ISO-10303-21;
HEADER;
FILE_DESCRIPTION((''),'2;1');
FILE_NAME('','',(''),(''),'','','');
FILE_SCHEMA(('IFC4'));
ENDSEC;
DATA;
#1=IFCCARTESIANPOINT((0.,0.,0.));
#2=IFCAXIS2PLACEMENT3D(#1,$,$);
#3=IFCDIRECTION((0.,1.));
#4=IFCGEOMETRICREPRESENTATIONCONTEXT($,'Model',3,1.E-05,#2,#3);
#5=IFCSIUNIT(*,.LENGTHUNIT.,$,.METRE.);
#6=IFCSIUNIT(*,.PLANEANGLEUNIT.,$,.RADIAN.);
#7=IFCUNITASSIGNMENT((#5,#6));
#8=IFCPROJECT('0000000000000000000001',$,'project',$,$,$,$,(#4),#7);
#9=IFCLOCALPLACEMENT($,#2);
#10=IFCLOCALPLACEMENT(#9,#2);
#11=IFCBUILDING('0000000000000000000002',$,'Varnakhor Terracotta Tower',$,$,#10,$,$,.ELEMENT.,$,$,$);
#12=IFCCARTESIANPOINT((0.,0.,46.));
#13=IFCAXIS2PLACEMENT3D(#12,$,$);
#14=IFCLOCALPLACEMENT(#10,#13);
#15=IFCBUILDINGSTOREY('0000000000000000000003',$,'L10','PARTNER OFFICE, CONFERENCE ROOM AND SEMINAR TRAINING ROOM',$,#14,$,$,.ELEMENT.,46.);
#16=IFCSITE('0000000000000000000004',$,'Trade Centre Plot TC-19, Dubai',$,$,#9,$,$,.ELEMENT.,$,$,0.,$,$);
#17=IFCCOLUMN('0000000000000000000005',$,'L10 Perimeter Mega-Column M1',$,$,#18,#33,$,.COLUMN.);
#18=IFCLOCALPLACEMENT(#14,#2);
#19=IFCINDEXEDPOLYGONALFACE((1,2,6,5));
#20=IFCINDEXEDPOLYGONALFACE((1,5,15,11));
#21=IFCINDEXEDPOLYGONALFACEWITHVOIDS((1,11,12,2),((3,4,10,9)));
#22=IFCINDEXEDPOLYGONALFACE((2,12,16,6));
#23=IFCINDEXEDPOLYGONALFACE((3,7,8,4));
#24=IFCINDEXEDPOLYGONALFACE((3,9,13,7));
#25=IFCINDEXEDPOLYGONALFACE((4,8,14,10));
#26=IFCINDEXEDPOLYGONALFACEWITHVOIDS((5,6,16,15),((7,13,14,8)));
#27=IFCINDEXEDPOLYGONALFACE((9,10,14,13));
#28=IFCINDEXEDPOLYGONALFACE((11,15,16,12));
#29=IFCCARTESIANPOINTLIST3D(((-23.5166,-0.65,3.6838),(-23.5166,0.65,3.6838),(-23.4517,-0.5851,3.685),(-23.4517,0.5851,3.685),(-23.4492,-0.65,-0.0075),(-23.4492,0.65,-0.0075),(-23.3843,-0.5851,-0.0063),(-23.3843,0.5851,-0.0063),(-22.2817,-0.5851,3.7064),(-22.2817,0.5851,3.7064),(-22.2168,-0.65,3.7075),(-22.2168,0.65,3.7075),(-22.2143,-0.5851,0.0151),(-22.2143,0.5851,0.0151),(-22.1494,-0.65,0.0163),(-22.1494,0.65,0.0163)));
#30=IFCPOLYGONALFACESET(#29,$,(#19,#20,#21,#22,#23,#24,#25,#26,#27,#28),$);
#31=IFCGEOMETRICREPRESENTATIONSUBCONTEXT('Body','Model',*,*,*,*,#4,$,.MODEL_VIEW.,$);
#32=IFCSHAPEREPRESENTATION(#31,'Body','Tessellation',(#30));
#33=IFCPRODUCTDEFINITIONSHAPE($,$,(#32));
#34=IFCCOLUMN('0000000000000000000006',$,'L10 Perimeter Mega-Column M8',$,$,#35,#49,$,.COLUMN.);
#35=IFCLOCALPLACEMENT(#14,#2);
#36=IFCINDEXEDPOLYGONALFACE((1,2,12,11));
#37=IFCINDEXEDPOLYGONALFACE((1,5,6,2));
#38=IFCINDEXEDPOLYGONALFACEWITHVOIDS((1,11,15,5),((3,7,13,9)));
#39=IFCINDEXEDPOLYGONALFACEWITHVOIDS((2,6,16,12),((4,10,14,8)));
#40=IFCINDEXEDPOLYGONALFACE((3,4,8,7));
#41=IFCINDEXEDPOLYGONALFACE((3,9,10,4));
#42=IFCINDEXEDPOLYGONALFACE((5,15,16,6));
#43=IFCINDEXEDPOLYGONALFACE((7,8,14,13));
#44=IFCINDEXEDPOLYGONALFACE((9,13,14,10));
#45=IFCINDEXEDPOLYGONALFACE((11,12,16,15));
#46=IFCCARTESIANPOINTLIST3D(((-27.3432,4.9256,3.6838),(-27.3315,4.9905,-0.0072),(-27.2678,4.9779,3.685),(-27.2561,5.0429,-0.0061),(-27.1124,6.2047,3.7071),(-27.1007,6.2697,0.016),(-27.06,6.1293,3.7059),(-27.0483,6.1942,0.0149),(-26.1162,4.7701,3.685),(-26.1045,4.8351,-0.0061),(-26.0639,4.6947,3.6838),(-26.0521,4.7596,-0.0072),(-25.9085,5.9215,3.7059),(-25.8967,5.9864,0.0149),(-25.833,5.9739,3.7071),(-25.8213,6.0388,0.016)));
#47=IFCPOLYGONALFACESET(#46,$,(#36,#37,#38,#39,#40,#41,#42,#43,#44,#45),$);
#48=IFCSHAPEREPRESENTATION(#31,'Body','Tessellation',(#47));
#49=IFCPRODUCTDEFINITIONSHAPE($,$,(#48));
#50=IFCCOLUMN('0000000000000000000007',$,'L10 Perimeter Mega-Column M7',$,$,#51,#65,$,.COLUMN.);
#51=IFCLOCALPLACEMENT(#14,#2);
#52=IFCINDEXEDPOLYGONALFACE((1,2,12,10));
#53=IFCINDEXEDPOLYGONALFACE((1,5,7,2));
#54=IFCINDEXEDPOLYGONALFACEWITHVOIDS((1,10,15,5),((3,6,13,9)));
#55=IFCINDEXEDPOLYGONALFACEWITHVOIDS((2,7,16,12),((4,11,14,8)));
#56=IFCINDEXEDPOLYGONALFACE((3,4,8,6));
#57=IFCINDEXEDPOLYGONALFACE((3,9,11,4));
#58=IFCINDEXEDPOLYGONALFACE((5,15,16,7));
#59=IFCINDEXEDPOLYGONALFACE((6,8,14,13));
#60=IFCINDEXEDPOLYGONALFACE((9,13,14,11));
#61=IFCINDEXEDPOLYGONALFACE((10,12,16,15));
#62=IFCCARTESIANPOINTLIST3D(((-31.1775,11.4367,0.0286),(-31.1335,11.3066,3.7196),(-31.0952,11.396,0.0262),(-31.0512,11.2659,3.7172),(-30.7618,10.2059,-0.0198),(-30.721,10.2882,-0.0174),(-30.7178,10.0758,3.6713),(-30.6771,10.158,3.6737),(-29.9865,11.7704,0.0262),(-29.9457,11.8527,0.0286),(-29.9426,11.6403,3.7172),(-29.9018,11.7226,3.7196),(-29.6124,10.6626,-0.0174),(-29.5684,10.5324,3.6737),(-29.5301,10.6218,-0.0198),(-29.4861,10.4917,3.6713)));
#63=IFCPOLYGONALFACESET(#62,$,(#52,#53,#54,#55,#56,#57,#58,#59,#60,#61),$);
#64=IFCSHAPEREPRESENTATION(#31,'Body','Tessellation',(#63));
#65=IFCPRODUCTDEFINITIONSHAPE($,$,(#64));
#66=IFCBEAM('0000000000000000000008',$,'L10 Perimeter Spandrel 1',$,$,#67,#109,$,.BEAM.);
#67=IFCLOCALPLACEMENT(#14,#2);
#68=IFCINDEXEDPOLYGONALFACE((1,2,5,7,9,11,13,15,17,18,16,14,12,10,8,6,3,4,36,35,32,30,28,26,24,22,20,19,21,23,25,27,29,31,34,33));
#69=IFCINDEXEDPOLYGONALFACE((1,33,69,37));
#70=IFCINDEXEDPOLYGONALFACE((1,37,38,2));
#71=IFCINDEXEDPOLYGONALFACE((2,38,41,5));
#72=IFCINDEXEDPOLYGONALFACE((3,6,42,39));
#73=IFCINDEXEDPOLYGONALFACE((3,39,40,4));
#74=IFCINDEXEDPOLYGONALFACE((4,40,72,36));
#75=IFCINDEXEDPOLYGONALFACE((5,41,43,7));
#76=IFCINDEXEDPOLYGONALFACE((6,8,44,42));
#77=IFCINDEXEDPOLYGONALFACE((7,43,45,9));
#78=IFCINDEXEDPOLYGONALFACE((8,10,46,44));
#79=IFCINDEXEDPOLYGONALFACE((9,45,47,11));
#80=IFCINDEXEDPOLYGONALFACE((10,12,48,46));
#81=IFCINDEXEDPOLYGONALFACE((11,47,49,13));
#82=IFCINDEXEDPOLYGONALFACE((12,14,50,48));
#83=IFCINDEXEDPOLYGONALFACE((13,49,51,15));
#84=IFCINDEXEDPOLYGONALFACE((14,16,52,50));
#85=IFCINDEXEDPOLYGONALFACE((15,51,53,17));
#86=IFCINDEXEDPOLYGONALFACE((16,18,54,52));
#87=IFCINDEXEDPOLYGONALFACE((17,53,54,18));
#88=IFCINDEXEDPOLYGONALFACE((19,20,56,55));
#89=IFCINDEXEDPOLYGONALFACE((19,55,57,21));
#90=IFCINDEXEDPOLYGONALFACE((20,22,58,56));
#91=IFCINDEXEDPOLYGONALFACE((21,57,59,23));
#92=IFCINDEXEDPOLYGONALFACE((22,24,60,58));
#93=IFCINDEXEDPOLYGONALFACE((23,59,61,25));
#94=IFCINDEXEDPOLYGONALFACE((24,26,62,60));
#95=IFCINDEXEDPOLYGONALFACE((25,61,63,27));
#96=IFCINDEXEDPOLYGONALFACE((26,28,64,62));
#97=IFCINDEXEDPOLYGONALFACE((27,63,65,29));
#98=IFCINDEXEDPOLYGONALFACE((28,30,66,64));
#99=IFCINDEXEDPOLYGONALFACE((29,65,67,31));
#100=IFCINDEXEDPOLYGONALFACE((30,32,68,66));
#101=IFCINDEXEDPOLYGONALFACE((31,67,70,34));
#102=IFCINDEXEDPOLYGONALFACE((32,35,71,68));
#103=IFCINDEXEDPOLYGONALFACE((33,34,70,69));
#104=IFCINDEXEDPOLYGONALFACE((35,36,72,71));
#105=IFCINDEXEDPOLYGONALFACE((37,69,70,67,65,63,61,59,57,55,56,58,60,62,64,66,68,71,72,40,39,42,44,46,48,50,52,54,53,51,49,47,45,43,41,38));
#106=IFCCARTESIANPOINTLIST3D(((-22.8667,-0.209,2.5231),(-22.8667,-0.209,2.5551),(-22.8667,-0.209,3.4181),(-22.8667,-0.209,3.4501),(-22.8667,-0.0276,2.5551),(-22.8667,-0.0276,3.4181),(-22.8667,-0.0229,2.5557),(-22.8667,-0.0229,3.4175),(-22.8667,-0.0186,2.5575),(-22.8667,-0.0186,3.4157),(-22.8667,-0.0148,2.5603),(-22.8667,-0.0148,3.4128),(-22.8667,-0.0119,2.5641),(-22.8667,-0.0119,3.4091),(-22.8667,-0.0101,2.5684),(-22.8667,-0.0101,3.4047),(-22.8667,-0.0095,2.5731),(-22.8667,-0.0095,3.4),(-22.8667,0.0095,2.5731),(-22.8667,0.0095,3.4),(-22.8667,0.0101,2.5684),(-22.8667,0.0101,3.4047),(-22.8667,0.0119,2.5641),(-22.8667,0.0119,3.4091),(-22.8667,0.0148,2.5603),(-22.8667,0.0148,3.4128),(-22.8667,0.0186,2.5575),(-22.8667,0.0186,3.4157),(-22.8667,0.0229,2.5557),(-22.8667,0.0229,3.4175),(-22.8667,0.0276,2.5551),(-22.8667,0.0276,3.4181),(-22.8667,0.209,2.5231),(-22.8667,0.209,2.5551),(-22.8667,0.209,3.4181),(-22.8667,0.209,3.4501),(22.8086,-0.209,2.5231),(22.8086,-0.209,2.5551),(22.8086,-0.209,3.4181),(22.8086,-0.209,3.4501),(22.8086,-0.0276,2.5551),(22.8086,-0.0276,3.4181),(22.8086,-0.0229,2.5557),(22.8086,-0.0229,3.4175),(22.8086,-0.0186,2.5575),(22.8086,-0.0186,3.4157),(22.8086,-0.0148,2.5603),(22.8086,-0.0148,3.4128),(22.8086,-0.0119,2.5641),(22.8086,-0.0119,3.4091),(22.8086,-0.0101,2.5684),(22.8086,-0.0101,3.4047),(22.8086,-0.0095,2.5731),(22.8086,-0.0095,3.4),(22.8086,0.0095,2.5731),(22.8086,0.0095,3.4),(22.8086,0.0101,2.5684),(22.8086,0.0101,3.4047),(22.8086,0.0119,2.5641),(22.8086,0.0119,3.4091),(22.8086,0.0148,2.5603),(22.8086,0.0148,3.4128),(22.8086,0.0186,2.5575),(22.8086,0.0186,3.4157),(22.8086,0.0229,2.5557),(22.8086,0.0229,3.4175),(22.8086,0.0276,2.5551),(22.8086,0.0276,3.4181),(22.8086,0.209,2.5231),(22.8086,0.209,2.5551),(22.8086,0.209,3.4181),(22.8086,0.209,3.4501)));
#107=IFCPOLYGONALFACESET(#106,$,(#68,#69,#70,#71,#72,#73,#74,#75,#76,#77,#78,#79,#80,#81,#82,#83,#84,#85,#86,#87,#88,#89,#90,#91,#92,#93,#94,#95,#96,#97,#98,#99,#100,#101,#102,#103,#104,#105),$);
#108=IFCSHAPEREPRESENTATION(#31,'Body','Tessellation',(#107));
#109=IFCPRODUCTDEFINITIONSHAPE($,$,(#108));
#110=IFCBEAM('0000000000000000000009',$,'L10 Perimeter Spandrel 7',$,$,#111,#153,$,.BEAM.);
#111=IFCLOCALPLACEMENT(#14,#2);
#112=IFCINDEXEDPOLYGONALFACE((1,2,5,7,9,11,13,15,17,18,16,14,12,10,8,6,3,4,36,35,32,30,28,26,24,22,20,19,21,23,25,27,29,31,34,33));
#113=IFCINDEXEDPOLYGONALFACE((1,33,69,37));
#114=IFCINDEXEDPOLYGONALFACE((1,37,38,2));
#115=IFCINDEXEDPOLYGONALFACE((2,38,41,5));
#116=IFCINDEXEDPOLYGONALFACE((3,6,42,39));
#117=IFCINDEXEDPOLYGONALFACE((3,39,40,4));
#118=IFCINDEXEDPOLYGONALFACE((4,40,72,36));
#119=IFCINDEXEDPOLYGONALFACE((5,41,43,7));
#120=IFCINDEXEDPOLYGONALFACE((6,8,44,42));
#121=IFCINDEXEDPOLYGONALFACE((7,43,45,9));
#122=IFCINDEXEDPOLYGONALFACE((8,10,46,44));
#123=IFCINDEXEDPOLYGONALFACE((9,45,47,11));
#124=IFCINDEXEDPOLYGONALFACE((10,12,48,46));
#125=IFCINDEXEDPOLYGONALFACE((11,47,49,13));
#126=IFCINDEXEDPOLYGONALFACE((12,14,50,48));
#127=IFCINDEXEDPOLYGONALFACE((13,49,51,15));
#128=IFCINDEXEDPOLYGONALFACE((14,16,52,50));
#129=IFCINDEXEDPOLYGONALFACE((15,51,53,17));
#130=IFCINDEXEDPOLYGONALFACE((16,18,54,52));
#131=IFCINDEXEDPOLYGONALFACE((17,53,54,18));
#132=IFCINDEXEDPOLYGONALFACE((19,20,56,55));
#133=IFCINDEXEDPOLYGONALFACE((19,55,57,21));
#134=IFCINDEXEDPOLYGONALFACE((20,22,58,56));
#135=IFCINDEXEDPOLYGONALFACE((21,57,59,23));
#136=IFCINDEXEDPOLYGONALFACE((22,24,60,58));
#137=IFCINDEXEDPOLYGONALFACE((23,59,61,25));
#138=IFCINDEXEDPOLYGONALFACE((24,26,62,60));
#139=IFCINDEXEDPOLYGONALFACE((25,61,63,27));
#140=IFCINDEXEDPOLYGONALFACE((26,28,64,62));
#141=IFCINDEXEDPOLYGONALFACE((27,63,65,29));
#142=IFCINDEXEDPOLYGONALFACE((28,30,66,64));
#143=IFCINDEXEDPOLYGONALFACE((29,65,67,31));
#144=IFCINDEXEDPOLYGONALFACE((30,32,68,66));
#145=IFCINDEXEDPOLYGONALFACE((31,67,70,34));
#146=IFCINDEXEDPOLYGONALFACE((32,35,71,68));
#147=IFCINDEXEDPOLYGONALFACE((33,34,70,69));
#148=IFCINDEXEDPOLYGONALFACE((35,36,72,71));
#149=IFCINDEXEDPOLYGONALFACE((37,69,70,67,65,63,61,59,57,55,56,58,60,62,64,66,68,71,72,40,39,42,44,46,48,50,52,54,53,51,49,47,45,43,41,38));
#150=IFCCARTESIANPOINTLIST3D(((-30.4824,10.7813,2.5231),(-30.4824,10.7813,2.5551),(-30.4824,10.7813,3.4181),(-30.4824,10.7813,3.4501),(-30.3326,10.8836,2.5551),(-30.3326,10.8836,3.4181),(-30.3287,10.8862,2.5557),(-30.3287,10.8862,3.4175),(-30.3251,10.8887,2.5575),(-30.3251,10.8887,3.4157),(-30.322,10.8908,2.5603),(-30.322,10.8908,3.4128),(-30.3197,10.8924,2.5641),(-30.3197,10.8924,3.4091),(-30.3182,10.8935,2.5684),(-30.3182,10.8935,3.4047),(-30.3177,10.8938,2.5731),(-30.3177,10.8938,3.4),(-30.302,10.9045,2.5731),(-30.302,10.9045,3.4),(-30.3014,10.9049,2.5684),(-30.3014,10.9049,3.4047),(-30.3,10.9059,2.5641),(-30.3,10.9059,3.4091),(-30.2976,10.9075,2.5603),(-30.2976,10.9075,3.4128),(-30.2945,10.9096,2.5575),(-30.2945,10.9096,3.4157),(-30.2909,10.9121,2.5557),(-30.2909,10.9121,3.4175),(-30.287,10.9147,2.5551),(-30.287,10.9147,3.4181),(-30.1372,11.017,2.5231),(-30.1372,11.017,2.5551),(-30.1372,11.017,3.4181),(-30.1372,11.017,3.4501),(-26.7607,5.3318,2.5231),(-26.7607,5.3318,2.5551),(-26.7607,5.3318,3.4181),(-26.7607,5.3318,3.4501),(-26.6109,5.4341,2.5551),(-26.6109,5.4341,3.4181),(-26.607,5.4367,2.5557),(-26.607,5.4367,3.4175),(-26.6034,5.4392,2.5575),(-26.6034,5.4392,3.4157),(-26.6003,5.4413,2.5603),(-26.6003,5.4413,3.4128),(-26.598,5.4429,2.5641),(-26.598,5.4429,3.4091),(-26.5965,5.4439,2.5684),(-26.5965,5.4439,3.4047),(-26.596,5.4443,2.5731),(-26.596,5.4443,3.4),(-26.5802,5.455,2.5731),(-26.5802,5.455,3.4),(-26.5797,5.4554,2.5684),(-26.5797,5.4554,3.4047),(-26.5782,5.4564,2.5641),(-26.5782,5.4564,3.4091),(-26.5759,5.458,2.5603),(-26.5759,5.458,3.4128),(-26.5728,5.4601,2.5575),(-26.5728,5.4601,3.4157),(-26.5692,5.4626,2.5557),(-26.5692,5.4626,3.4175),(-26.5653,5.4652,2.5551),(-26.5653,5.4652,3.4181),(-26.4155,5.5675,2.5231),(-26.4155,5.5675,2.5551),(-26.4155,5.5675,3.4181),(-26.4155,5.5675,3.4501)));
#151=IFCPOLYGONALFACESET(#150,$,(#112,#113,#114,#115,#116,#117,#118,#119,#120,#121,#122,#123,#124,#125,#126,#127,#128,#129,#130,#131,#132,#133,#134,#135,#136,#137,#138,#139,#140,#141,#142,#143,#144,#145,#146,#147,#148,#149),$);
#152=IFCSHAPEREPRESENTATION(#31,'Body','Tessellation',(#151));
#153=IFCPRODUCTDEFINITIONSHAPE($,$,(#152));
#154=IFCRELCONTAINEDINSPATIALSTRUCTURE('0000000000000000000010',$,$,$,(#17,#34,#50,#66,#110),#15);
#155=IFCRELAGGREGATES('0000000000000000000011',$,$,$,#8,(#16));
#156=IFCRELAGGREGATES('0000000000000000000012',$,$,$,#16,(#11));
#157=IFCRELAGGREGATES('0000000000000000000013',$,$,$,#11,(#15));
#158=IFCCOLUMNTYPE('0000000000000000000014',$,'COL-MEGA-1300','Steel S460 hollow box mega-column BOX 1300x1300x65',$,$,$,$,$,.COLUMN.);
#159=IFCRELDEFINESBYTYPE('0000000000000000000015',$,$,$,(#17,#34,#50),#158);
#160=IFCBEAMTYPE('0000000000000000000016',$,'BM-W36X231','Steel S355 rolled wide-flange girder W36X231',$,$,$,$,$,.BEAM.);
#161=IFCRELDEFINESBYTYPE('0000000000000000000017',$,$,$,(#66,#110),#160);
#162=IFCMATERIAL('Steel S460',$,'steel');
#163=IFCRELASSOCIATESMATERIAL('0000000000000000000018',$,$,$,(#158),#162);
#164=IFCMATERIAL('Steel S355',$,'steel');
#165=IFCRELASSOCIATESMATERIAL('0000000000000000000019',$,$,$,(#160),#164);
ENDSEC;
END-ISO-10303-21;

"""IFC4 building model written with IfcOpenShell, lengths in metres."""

from ifc_helpers import new_model, si_unit, direction, frame, origin, origin_2d, place, context, subcontext, project, spatial, hollow_rectangle, i_section, extrude, source, transform, mapped, material, material_profile, profile_set, type_object, type_shapes, element, save


model = new_model("IFC4")

# Units and contexts
model_context = context("Model", 3, precision=1e-05, world=origin(), true_north=direction((0.0, 1.0)))
body_context = subcontext(model_context, "Body", "Model", "MODEL_VIEW")
ifc_project = project(units=[si_unit("LENGTHUNIT", "METRE"), si_unit("PLANEANGLEUNIT", "RADIAN")], contexts=[model_context])

# Site, building, storey
site_placement = place(None, origin())
site = spatial("IfcSite", under=ifc_project, at=site_placement, Name="Trade Centre Plot TC-19, Dubai", CompositionType="ELEMENT", RefElevation=0.0)
building_placement = place(site_placement, origin())
building = spatial("IfcBuilding", under=site, at=building_placement, Name="Varnakhor Terracotta Tower", CompositionType="ELEMENT")
storey_placement = place(building_placement, frame((0.0, 0.0, 46.0)))
storey = spatial("IfcBuildingStorey", under=building, at=storey_placement, Name="L10", Description="PARTNER OFFICE, CONFERENCE ROOM AND SEMINAR TRAINING ROOM", CompositionType="ELEMENT", Elevation=46.0)

# Columns
ifc_material_1 = material(Name="Steel S460", Category="steel")
ifc_material_profile_1 = material_profile(ifc_material_1, hollow_rectangle(XDim=1.3, YDim=1.3, WallThickness=0.0649, at=origin_2d()), Name="BOX 1300x1300x65")
ifc_profile_set_1 = profile_set([ifc_material_profile_1], Name="Steel S460")
column_type = type_object("IfcColumnType", Name="COL-MEGA-1300", Description="Steel S460 hollow box mega-column BOX 1300x1300x65", PredefinedType="COLUMN", material=ifc_profile_set_1)
shared_shape_1 = source(origin(), body_context, "Body", "SweptSolid", [
    extrude(hollow_rectangle(XDim=1.3, YDim=1.3, WallThickness=0.0649, at=origin_2d()), origin(), (0.0, 0.0, 1.0), 3.6919),
])
type_shapes(column_type, [shared_shape_1])
column_1_placement = place(storey_placement, frame((-22.7993, 0.0, 0.0044), z_axis=(-0.018252, 0.0, 0.999833), x_axis=(0.0, -1.0, 0.0)))
element("IfcColumn", 1, at=column_1_placement, inside=storey, type_object=column_type, Name="L10 Perimeter Mega-Column M1", PredefinedType="COLUMN", context=body_context, shape_type="MappedRepresentation", body=[
    mapped(shared_shape_1, transform((0.0, 0.0, 0.0), scale=1.0)),
])
shared_shape_2 = source(origin(), body_context, "Body", "SweptSolid", [
    extrude(hollow_rectangle(XDim=1.3, YDim=1.3, WallThickness=0.0649, at=origin_2d()), origin(), (0.0, 0.0, 1.0), 3.6917),
])
column_2_placement = place(storey_placement, frame((-26.5764, 5.5146, 0.0044), z_axis=(-0.003174, -0.017591, 0.99984), x_axis=(0.984106, -0.177583, 0.0)))
element("IfcColumn", 2, at=column_2_placement, inside=storey, type_object=column_type, Name="L10 Perimeter Mega-Column M8", PredefinedType="COLUMN", context=body_context, shape_type="MappedRepresentation", body=[
    mapped(shared_shape_2, transform((0.0, 0.0, 0.0), scale=1.0)),
])
shared_shape_3 = source(origin(), body_context, "Body", "SweptSolid", [
    extrude(hollow_rectangle(XDim=1.3, YDim=1.3, WallThickness=0.0649, at=origin_2d()), origin(), (0.0, 0.0, 1.0), 3.6936),
])
column_3_placement = place(storey_placement, frame((-30.3538, 11.0293, 0.0044), z_axis=(0.011897, -0.035229, 0.999308), x_axis=(0.947432, 0.319958, 0.0)))
element("IfcColumn", 3, at=column_3_placement, inside=storey, type_object=column_type, Name="L10 Perimeter Mega-Column M7", PredefinedType="COLUMN", context=body_context, shape_type="MappedRepresentation", body=[
    mapped(shared_shape_3, transform((0.0, 0.0, 0.0), scale=1.0)),
])

# Beams
ifc_material_2 = material(Name="Steel S355", Category="steel")
ifc_material_profile_2 = material_profile(ifc_material_2, i_section(OverallWidth=0.418, OverallDepth=0.927, WebThickness=0.019, FlangeThickness=0.032, FilletRadius=0.0181, at=origin_2d()), Name="W36X231")
ifc_profile_set_2 = profile_set([ifc_material_profile_2], Name="Steel S355")
beam_type_1 = type_object("IfcBeamType", Name="BM-W36X231", Description="Steel S355 rolled wide-flange girder W36X231", PredefinedType="BEAM", material=ifc_profile_set_2)
shared_shape_4 = source(origin(), body_context, "Body", "SweptSolid", [
    extrude(i_section(OverallWidth=0.418, OverallDepth=0.927, WebThickness=0.019, FlangeThickness=0.032, FilletRadius=0.0181, at=origin_2d()), origin(), (0.0, 0.0, 1.0), 45.6753),
])
beam_1_placement = place(storey_placement, frame((-22.8667, 0.0, 2.9866), z_axis=(1.0, 0.0, 0.0), x_axis=(0.0, 1.0, 0.0)))
element("IfcBeam", 4, at=beam_1_placement, inside=storey, type_object=beam_type_1, Name="L10 Perimeter Spandrel 1", PredefinedType="BEAM", context=body_context, shape_type="MappedRepresentation", body=[
    mapped(shared_shape_4, transform((0.0, 0.0, 0.0), scale=1.0)),
])
shared_shape_5 = source(origin(), body_context, "Body", "SweptSolid", [
    extrude(i_section(OverallWidth=0.418, OverallDepth=0.927, WebThickness=0.019, FlangeThickness=0.032, FilletRadius=0.0181, at=origin_2d()), origin(), (0.0, 0.0, 1.0), 6.5991),
])
for number, where, z_axis, x_axis, name in (
    (5, (-30.3098, 10.8992, 2.9866), (0.563971, -0.825794, 0.0), (0.825794, 0.563971, 0.0), "L10 Perimeter Spandrel 7"),
):
    element("IfcBeam", number, at=place(storey_placement, frame(where, z_axis=z_axis, x_axis=x_axis)), inside=storey, type_object=beam_type_1, Name=name, PredefinedType="BEAM", context=body_context, shape_type="MappedRepresentation", body=[
        mapped(shared_shape_5, transform((0.0, 0.0, 0.0), scale=1.0)),
    ])

save(model, "model.ifc")
